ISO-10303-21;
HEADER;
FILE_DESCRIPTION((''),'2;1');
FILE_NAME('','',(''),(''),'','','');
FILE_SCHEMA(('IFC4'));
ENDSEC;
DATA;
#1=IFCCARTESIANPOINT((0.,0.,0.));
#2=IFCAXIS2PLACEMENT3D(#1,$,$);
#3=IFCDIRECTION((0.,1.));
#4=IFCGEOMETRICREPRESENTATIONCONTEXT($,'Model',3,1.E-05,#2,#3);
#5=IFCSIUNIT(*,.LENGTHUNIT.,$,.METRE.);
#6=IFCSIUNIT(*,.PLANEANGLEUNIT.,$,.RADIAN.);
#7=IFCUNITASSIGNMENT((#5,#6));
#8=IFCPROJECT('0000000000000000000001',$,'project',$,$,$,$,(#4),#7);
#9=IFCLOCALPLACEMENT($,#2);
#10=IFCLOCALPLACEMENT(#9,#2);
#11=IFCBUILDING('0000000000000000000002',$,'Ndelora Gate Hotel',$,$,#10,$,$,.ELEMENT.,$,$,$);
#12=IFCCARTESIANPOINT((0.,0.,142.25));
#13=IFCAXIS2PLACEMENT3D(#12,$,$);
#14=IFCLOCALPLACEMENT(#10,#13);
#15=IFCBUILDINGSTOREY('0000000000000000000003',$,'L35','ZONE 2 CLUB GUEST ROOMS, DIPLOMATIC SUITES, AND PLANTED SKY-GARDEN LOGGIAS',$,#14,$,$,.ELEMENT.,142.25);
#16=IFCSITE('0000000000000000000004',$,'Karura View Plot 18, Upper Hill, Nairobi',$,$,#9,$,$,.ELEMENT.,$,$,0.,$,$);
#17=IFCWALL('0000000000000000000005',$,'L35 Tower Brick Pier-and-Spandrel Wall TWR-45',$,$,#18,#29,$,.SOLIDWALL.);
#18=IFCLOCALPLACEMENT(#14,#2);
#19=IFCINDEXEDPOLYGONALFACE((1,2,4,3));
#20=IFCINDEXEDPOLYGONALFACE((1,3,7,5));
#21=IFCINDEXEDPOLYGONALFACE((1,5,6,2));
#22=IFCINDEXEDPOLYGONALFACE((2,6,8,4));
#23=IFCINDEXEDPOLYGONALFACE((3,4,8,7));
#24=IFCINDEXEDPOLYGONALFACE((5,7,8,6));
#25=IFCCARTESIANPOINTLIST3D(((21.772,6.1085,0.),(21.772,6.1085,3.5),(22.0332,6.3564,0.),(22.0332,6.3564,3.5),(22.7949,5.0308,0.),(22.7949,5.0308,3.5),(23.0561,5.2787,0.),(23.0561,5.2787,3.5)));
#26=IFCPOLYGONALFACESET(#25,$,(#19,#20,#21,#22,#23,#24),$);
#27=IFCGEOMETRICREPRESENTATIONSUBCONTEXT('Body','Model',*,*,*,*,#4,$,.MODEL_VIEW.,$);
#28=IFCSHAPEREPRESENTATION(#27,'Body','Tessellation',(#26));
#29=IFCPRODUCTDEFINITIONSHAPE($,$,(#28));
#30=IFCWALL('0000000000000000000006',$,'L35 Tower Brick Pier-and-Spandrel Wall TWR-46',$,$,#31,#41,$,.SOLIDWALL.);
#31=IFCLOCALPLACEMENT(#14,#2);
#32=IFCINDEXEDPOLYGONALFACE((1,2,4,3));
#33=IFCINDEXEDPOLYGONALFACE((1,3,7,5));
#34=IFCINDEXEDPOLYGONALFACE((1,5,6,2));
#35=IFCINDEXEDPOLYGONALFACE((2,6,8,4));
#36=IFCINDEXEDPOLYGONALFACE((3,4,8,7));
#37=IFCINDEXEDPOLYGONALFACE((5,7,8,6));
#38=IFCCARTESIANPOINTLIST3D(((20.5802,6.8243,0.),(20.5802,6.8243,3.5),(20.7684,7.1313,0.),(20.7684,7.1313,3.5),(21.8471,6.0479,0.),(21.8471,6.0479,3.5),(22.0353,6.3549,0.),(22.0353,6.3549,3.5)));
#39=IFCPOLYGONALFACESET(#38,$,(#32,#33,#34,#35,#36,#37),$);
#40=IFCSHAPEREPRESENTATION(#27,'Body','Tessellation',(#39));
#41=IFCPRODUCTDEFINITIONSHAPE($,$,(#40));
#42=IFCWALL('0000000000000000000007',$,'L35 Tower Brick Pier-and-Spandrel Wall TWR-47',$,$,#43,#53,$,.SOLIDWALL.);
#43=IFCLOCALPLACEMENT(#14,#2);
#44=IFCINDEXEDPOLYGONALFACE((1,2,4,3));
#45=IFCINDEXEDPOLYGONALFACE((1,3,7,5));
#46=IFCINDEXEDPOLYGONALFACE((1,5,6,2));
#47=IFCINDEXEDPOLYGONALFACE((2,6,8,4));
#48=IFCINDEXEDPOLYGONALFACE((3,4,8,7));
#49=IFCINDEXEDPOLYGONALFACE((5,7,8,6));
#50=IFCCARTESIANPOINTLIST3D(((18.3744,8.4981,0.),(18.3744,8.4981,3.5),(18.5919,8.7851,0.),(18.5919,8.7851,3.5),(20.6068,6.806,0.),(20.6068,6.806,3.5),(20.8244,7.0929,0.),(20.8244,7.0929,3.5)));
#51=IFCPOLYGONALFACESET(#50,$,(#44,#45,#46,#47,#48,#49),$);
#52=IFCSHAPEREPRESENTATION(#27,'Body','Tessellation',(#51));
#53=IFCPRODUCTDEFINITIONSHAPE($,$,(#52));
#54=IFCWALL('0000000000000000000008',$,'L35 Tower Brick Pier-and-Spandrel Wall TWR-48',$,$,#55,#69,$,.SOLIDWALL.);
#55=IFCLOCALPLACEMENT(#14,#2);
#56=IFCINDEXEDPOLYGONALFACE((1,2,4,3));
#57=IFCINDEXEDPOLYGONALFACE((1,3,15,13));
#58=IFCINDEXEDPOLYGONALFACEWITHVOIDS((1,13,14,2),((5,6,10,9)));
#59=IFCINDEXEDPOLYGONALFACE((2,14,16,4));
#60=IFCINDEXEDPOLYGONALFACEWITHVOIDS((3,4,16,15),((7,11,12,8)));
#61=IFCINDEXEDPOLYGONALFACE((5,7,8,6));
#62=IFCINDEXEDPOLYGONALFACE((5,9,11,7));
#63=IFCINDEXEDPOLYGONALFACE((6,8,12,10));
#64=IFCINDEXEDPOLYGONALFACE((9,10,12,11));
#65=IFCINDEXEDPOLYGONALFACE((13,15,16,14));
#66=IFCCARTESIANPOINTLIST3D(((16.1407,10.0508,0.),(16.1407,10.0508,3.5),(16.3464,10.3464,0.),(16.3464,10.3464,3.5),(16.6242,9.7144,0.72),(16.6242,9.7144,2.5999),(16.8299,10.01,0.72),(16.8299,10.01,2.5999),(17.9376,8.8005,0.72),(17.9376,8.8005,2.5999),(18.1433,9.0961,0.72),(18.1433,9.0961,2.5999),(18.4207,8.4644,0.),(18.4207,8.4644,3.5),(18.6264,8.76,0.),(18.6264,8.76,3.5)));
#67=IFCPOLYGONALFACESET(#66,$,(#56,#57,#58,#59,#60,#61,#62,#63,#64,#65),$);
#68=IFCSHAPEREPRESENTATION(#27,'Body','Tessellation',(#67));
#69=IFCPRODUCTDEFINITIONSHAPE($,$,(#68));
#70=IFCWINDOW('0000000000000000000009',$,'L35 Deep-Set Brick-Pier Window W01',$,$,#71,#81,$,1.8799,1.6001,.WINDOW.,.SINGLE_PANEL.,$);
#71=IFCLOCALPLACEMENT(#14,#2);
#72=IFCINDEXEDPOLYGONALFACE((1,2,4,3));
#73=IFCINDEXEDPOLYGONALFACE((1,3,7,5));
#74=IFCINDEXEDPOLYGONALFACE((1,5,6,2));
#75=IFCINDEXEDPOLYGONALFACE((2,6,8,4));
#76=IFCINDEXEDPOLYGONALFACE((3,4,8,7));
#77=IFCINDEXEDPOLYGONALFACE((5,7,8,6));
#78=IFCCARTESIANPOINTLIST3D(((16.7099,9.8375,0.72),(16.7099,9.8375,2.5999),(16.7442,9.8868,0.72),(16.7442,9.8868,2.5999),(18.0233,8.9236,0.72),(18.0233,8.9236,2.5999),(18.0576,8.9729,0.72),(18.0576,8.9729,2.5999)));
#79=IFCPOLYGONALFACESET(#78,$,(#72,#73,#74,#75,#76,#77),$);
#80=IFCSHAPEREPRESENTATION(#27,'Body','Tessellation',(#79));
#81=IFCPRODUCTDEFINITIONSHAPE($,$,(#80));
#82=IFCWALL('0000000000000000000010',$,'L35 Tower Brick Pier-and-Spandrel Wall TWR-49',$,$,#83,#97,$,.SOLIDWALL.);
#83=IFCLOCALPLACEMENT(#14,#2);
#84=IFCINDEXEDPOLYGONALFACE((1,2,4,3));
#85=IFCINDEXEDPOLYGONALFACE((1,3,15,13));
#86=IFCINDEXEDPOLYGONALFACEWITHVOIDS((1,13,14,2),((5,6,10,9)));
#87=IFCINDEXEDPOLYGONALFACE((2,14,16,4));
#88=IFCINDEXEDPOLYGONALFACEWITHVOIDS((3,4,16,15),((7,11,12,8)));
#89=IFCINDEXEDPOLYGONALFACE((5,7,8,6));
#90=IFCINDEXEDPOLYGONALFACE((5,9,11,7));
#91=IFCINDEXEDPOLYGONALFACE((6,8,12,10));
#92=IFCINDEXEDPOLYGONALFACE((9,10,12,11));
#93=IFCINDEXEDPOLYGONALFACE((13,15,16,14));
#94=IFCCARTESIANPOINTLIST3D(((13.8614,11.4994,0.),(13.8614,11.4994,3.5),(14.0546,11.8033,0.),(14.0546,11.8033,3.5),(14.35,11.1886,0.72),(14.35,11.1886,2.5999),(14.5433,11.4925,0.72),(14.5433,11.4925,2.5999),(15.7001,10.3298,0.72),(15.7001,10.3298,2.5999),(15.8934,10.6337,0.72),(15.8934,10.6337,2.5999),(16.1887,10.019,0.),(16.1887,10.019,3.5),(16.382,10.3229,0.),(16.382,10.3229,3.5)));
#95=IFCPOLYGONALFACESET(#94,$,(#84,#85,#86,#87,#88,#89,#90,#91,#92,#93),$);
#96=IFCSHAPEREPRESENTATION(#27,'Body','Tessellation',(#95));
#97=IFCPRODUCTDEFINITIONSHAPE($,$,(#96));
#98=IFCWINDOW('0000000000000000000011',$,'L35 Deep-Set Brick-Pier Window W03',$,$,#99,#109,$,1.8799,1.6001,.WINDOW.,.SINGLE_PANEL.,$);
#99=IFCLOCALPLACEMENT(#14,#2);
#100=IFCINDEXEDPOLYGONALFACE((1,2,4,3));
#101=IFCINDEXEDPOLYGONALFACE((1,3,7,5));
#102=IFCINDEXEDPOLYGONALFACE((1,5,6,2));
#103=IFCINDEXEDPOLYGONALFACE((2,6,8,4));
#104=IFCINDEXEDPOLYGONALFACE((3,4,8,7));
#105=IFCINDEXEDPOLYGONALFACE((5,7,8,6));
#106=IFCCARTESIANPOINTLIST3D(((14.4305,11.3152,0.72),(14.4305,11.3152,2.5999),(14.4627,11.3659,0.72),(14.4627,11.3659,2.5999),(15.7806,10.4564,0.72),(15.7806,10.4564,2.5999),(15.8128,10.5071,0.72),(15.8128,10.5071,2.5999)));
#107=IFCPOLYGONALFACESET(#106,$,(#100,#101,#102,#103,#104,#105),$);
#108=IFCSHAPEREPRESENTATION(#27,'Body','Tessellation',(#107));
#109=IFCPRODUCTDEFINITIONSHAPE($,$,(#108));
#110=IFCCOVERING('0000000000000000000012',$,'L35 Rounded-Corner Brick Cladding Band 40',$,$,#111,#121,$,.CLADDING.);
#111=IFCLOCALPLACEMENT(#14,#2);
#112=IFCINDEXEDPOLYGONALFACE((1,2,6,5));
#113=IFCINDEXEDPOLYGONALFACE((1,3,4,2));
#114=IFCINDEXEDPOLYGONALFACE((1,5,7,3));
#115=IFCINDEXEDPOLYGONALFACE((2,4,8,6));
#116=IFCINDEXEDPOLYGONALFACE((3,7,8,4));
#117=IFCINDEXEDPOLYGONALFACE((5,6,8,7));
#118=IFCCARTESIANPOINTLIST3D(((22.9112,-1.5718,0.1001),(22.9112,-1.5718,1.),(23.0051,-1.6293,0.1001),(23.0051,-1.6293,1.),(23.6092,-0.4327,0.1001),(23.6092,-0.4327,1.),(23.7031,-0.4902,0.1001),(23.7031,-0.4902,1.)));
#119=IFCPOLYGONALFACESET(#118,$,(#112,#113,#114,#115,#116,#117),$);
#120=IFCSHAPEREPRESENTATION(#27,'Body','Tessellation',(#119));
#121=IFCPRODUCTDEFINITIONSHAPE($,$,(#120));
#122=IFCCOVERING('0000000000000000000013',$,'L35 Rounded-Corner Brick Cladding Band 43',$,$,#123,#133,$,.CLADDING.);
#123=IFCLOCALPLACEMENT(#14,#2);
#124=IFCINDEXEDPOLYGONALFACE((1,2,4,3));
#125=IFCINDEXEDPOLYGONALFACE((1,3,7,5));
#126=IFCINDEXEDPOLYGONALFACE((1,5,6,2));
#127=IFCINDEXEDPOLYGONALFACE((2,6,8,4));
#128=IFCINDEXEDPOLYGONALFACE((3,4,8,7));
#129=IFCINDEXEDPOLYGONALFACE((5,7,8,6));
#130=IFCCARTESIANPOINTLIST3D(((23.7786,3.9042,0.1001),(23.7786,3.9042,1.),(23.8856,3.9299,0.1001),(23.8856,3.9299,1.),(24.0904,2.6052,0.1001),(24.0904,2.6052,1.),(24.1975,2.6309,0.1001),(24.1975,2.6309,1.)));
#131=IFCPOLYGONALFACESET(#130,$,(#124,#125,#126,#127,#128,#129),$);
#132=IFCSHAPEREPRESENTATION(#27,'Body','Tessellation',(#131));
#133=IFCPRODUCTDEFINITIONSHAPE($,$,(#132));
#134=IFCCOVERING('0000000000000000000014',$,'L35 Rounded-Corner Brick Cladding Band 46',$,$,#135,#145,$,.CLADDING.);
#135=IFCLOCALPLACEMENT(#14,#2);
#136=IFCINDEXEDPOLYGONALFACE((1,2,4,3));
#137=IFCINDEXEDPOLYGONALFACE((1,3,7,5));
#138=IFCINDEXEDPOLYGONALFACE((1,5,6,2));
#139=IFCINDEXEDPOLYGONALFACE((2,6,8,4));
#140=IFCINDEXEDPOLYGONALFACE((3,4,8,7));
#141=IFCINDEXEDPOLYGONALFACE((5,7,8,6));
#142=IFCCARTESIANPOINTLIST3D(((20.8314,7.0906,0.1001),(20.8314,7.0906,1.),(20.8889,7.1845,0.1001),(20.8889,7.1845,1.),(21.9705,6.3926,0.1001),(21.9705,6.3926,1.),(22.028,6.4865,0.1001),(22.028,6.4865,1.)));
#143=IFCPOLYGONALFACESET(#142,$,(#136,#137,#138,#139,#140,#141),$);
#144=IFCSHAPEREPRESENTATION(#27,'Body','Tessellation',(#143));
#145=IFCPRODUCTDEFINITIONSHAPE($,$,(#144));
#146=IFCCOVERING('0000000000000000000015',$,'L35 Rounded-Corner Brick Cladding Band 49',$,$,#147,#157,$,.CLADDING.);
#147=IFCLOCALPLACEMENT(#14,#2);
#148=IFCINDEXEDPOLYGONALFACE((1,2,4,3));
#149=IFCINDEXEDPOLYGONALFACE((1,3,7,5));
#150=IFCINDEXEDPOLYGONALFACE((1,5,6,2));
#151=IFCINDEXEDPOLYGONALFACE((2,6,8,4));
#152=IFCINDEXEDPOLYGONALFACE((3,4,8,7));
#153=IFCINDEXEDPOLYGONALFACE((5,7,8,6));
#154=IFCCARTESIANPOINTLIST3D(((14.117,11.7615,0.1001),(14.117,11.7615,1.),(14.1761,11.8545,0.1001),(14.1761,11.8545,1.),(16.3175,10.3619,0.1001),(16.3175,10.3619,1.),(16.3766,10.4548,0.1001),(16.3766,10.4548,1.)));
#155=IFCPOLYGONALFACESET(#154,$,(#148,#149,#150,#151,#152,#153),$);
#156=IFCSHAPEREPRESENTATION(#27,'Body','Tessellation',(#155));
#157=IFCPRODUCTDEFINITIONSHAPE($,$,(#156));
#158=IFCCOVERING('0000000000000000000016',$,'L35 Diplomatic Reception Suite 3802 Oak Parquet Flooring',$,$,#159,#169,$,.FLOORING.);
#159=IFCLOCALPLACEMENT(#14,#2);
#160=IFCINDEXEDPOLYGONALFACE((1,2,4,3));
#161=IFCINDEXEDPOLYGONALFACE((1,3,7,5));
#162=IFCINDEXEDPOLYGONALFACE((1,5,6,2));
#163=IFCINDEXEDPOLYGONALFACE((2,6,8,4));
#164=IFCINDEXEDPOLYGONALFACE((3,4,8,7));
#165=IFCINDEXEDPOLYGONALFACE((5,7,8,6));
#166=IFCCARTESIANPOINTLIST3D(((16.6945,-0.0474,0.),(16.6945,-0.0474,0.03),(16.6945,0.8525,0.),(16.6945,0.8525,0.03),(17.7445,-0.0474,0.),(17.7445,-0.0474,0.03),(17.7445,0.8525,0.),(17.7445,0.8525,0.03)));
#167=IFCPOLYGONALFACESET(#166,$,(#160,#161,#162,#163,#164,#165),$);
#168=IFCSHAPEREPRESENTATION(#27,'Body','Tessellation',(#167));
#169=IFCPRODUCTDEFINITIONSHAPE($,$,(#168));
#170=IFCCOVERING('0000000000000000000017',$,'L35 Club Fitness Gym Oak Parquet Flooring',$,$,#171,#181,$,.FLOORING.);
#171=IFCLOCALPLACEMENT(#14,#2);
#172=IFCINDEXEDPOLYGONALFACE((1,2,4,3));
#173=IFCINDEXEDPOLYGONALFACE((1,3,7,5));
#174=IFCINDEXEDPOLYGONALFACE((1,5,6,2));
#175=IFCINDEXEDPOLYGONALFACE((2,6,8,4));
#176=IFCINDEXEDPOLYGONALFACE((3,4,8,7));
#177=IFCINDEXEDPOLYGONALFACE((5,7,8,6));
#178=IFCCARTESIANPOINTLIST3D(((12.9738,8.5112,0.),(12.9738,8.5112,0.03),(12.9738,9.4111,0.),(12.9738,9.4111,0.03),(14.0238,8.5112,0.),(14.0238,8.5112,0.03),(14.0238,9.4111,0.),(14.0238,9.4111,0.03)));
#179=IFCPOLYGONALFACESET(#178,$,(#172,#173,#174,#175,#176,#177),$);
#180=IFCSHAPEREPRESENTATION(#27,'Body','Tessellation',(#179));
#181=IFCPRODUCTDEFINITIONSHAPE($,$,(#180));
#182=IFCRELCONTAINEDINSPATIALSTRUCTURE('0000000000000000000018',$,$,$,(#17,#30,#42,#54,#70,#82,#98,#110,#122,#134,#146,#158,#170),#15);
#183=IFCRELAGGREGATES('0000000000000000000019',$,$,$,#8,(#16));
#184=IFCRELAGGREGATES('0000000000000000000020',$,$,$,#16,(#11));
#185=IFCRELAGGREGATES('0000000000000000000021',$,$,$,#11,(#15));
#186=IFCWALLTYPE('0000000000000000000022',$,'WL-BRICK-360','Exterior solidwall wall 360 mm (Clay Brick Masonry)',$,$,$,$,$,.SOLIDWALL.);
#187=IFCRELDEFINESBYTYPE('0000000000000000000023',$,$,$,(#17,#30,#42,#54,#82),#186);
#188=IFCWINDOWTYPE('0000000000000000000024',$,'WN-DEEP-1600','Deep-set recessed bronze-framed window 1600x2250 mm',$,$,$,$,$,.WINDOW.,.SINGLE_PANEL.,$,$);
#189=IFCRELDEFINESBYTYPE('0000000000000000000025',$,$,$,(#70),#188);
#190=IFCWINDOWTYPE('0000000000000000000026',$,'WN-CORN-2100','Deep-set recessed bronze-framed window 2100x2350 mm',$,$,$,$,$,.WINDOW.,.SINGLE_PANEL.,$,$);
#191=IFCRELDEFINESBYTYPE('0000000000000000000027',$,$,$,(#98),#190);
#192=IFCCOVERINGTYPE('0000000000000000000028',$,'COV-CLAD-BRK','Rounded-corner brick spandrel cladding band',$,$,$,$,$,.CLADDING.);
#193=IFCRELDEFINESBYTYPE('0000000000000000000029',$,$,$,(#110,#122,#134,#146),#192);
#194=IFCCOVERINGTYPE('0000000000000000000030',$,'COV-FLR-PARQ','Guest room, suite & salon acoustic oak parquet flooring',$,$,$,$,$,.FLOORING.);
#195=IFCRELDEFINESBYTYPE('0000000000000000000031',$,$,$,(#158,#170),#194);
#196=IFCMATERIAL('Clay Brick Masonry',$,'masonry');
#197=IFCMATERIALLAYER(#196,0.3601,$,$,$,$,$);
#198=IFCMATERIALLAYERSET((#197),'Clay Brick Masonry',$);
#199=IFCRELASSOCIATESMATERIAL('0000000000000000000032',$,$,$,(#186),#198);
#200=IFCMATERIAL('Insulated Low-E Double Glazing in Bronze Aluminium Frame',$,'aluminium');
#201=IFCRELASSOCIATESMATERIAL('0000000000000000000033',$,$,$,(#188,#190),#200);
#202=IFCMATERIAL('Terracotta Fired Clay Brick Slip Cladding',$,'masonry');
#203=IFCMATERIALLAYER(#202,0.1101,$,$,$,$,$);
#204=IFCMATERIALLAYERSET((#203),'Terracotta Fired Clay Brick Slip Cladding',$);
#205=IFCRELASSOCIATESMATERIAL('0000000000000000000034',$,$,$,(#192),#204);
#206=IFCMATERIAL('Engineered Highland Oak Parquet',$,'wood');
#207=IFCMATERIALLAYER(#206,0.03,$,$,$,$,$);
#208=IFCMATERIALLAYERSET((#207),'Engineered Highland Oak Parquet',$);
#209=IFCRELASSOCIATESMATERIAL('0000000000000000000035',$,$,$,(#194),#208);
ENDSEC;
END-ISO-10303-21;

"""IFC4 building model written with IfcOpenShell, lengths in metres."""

from ifc_helpers import new_model, si_unit, direction, frame, frame_2d, origin, origin_2d, place, context, subcontext, project, spatial, rectangle, extrude, material, layer, layer_set, type_object, element, fill, save


model = new_model("IFC4")

# Units and contexts
model_context = context("Model", 3, precision=1e-05, world=origin(), true_north=direction((0.0, 1.0)))
body_context = subcontext(model_context, "Body", "Model", "MODEL_VIEW")
ifc_project = project(units=[si_unit("LENGTHUNIT", "METRE"), si_unit("PLANEANGLEUNIT", "RADIAN")], contexts=[model_context])

# Site, building, storey
site_placement = place(None, origin())
site = spatial("IfcSite", under=ifc_project, at=site_placement, Name="Karura View Plot 18, Upper Hill, Nairobi", CompositionType="ELEMENT", RefElevation=0.0)
building_placement = place(site_placement, origin())
building = spatial("IfcBuilding", under=site, at=building_placement, Name="Ndelora Gate Hotel", CompositionType="ELEMENT")
storey_placement = place(building_placement, frame((0.0, 0.0, 142.25)))
storey = spatial("IfcBuildingStorey", under=building, at=storey_placement, Name="L35", Description="ZONE 2 CLUB GUEST ROOMS, DIPLOMATIC SUITES, AND PLANTED SKY-GARDEN LOGGIAS", CompositionType="ELEMENT", Elevation=142.25)

# Walls
ifc_material_1 = material(Name="Clay Brick Masonry", Category="masonry")
ifc_layer_1 = layer(ifc_material_1, 0.3601)
ifc_layer_set_1 = layer_set([ifc_layer_1], Name="Clay Brick Masonry")
wall_type = type_object("IfcWallType", Name="WL-BRICK-360", Description="Exterior solidwall wall 360 mm (Clay Brick Masonry)", PredefinedType="SOLIDWALL", material=ifc_layer_set_1)
for number, where, z_axis, x_axis, name in (
    (1, (21.9026, 6.2324, 0.0), (0.0, 0.0, 1.0), (0.688464, -0.72527, 0.0), "L35 Tower Brick Pier-and-Spandrel Wall TWR-45"),
    (2, (20.6743, 6.9778, 0.0), (0.0, 0.0, 1.0), (0.852627, -0.52252, 0.0), "L35 Tower Brick Pier-and-Spandrel Wall TWR-46"),
):
    element("IfcWall", number, at=place(storey_placement, frame(where, z_axis=z_axis, x_axis=x_axis)), inside=storey, type_object=wall_type, Name=name, PredefinedType="SOLIDWALL", context=body_context, shape_type="SweptSolid", body=[
        extrude(rectangle(XDim=1.4858, YDim=0.3601, at=frame_2d((0.7429, 0.0))), origin(), (0.0, 0.0, 1.0), 3.5),
    ])
wall_1_placement = place(storey_placement, frame((18.4832, 8.6416, 0.0), z_axis=(0.0, 0.0, 1.0), x_axis=(0.796936, -0.604064, 0.0)))
element("IfcWall", 3, at=wall_1_placement, inside=storey, type_object=wall_type, Name="L35 Tower Brick Pier-and-Spandrel Wall TWR-47", PredefinedType="SOLIDWALL", context=body_context, shape_type="SweptSolid", body=[
    extrude(rectangle(XDim=2.8013, YDim=0.3601, at=frame_2d((1.4006, 0.0))), origin(), (0.0, 0.0, 1.0), 3.5),
])

# Walls, openings, windows
wall_2_placement = place(storey_placement, frame((16.2437, 10.1985, 0.0), z_axis=(0.0, 0.0, 1.0), x_axis=(0.820851, -0.571142, 0.0)))
wall_2 = element("IfcWall", 4, at=wall_2_placement, inside=storey, type_object=wall_type, Name="L35 Tower Brick Pier-and-Spandrel Wall TWR-48", PredefinedType="SOLIDWALL", context=body_context, shape_type="SweptSolid", body=[
    extrude(rectangle(XDim=2.7776, YDim=0.3601, at=frame_2d((1.3887, 0.0))), origin(), (0.0, 0.0, 1.0), 3.5),
])
opening_1_placement = place(wall_2_placement, frame((0.5889, 0.0, 0.72)))
opening_1 = element("IfcOpeningElement", 5, at=opening_1_placement, cuts=wall_2, PredefinedType="OPENING", context=body_context, shape_type="SweptSolid", body=[
    extrude(rectangle(XDim=1.6001, YDim=1.8799, at=frame_2d((0.8, 0.9399))), frame((0.0, 0.1899, 0.0), z_axis=(0.0, -1.0, 0.0), x_axis=(1.0, 0.0, 0.0)), (0.0, 0.0, 1.0), 0.3801),
])
ifc_material_2 = material(Name="Insulated Low-E Double Glazing in Bronze Aluminium Frame", Category="aluminium")
window_type_1 = type_object("IfcWindowType", Name="WN-DEEP-1600", Description="Deep-set recessed bronze-framed window 1600x2250 mm", PartitioningType="SINGLE_PANEL", PredefinedType="WINDOW", material=ifc_material_2)
window_1_placement = place(opening_1_placement, origin())
window_1 = element("IfcWindow", 6, at=window_1_placement, inside=storey, type_object=window_type_1, Name="L35 Deep-Set Brick-Pier Window W01", OverallHeight=1.8799, OverallWidth=1.6001, PartitioningType="SINGLE_PANEL", PredefinedType="WINDOW", context=body_context, shape_type="SweptSolid", body=[
    extrude(rectangle(XDim=1.6001, YDim=1.8799, at=frame_2d((0.8, 0.9399))), frame((0.0, 0.03, 0.0), z_axis=(0.0, -1.0, 0.0), x_axis=(1.0, 0.0, 0.0)), (0.0, 0.0, 1.0), 0.0601),
])
fill(opening_1, window_1)
wall_3_placement = place(storey_placement, frame((13.958, 11.6514, 0.0), z_axis=(0.0, 0.0, 1.0), x_axis=(0.84376, -0.536721, 0.0)))
wall_3 = element("IfcWall", 7, at=wall_3_placement, inside=storey, type_object=wall_type, Name="L35 Tower Brick Pier-and-Spandrel Wall TWR-49", PredefinedType="SOLIDWALL", context=body_context, shape_type="SweptSolid", body=[
    extrude(rectangle(XDim=2.7583, YDim=0.3601, at=frame_2d((1.3792, 0.0))), origin(), (0.0, 0.0, 1.0), 3.5),
])
opening_2_placement = place(wall_3_placement, frame((0.5791, 0.0, 0.72)))
opening_2 = element("IfcOpeningElement", 8, at=opening_2_placement, cuts=wall_3, PredefinedType="OPENING", context=body_context, shape_type="SweptSolid", body=[
    extrude(rectangle(XDim=1.6001, YDim=1.8799, at=frame_2d((0.8, 0.9399))), frame((0.0, 0.1899, 0.0), z_axis=(0.0, -1.0, 0.0), x_axis=(1.0, 0.0, 0.0)), (0.0, 0.0, 1.0), 0.3801),
])
window_type_2 = type_object("IfcWindowType", Name="WN-CORN-2100", Description="Deep-set recessed bronze-framed window 2100x2350 mm", PartitioningType="SINGLE_PANEL", PredefinedType="WINDOW", material=ifc_material_2)
window_2_placement = place(opening_2_placement, origin())
window_2 = element("IfcWindow", 9, at=window_2_placement, inside=storey, type_object=window_type_2, Name="L35 Deep-Set Brick-Pier Window W03", OverallHeight=1.8799, OverallWidth=1.6001, PartitioningType="SINGLE_PANEL", PredefinedType="WINDOW", context=body_context, shape_type="SweptSolid", body=[
    extrude(rectangle(XDim=1.6001, YDim=1.8799, at=frame_2d((0.8, 0.9399))), frame((0.0, 0.03, 0.0), z_axis=(0.0, -1.0, 0.0), x_axis=(1.0, 0.0, 0.0)), (0.0, 0.0, 1.0), 0.0601),
])
fill(opening_2, window_2)

# Coverings
ifc_material_3 = material(Name="Terracotta Fired Clay Brick Slip Cladding", Category="masonry")
ifc_layer_2 = layer(ifc_material_3, 0.1101)
ifc_layer_set_2 = layer_set([ifc_layer_2], Name="Terracotta Fired Clay Brick Slip Cladding")
covering_type_1 = type_object("IfcCoveringType", Name="COV-CLAD-BRK", Description="Rounded-corner brick spandrel cladding band", PredefinedType="CLADDING", material=ifc_layer_set_2)
for number, where, z_axis, x_axis, name in (
    (10, (23.3071, -1.031, 0.1001), (0.0, 0.0, 1.0), (0.522499, 0.85264, 0.0), "L35 Rounded-Corner Brick Cladding Band 40"),
    (11, (23.988, 3.2676, 0.1001), (0.0, 0.0, 1.0), (-0.233445, 0.97237, 0.0), "L35 Rounded-Corner Brick Cladding Band 43"),
    (12, (21.4297, 6.7886, 0.1001), (0.0, 0.0, 1.0), (-0.85264, 0.522499, 0.0), "L35 Rounded-Corner Brick Cladding Band 46"),
):
    element("IfcCovering", number, at=place(storey_placement, frame(where, z_axis=z_axis, x_axis=x_axis)), inside=storey, type_object=covering_type_1, Name=name, PredefinedType="CLADDING", context=body_context, shape_type="SweptSolid", body=[
        extrude(rectangle(XDim=1.3359, YDim=0.1101, at=origin_2d()), origin(), (0.0, 0.0, 1.0), 0.8999),
    ])
covering_placement = place(storey_placement, frame((15.2468, 11.1082, 0.1001), z_axis=(0.0, 0.0, 1.0), x_axis=(-0.843766, 0.536711, 0.0)))
element("IfcCovering", 13, at=covering_placement, inside=storey, type_object=covering_type_1, Name="L35 Rounded-Corner Brick Cladding Band 49", PredefinedType="CLADDING", context=body_context, shape_type="SweptSolid", body=[
    extrude(rectangle(XDim=2.6079, YDim=0.1101, at=origin_2d()), origin(), (0.0, 0.0, 1.0), 0.8999),
])
ifc_material_4 = material(Name="Engineered Highland Oak Parquet", Category="wood")
ifc_layer_3 = layer(ifc_material_4, 0.03)
ifc_layer_set_3 = layer_set([ifc_layer_3], Name="Engineered Highland Oak Parquet")
covering_type_2 = type_object("IfcCoveringType", Name="COV-FLR-PARQ", Description="Guest room, suite & salon acoustic oak parquet flooring", PredefinedType="FLOORING", material=ifc_layer_set_3)
for number, where, z_axis, x_axis, name in (
    (14, (17.2195, 0.4026, 0.0), (0.0, 0.0, 1.0), (1.0, 0.0, 0.0), "L35 Diplomatic Reception Suite 3802 Oak Parquet Flooring"),
    (15, (13.4988, 8.9612, 0.0), (0.0, 0.0, 1.0), (1.0, 0.0, 0.0), "L35 Club Fitness Gym Oak Parquet Flooring"),
):
    element("IfcCovering", number, at=place(storey_placement, frame(where, z_axis=z_axis, x_axis=x_axis)), inside=storey, type_object=covering_type_2, Name=name, PredefinedType="FLOORING", context=body_context, shape_type="SweptSolid", body=[
        extrude(rectangle(XDim=1.05, YDim=0.8999, at=origin_2d()), origin(), (0.0, 0.0, 1.0), 0.03),
    ])

save(model, "model.ifc")
